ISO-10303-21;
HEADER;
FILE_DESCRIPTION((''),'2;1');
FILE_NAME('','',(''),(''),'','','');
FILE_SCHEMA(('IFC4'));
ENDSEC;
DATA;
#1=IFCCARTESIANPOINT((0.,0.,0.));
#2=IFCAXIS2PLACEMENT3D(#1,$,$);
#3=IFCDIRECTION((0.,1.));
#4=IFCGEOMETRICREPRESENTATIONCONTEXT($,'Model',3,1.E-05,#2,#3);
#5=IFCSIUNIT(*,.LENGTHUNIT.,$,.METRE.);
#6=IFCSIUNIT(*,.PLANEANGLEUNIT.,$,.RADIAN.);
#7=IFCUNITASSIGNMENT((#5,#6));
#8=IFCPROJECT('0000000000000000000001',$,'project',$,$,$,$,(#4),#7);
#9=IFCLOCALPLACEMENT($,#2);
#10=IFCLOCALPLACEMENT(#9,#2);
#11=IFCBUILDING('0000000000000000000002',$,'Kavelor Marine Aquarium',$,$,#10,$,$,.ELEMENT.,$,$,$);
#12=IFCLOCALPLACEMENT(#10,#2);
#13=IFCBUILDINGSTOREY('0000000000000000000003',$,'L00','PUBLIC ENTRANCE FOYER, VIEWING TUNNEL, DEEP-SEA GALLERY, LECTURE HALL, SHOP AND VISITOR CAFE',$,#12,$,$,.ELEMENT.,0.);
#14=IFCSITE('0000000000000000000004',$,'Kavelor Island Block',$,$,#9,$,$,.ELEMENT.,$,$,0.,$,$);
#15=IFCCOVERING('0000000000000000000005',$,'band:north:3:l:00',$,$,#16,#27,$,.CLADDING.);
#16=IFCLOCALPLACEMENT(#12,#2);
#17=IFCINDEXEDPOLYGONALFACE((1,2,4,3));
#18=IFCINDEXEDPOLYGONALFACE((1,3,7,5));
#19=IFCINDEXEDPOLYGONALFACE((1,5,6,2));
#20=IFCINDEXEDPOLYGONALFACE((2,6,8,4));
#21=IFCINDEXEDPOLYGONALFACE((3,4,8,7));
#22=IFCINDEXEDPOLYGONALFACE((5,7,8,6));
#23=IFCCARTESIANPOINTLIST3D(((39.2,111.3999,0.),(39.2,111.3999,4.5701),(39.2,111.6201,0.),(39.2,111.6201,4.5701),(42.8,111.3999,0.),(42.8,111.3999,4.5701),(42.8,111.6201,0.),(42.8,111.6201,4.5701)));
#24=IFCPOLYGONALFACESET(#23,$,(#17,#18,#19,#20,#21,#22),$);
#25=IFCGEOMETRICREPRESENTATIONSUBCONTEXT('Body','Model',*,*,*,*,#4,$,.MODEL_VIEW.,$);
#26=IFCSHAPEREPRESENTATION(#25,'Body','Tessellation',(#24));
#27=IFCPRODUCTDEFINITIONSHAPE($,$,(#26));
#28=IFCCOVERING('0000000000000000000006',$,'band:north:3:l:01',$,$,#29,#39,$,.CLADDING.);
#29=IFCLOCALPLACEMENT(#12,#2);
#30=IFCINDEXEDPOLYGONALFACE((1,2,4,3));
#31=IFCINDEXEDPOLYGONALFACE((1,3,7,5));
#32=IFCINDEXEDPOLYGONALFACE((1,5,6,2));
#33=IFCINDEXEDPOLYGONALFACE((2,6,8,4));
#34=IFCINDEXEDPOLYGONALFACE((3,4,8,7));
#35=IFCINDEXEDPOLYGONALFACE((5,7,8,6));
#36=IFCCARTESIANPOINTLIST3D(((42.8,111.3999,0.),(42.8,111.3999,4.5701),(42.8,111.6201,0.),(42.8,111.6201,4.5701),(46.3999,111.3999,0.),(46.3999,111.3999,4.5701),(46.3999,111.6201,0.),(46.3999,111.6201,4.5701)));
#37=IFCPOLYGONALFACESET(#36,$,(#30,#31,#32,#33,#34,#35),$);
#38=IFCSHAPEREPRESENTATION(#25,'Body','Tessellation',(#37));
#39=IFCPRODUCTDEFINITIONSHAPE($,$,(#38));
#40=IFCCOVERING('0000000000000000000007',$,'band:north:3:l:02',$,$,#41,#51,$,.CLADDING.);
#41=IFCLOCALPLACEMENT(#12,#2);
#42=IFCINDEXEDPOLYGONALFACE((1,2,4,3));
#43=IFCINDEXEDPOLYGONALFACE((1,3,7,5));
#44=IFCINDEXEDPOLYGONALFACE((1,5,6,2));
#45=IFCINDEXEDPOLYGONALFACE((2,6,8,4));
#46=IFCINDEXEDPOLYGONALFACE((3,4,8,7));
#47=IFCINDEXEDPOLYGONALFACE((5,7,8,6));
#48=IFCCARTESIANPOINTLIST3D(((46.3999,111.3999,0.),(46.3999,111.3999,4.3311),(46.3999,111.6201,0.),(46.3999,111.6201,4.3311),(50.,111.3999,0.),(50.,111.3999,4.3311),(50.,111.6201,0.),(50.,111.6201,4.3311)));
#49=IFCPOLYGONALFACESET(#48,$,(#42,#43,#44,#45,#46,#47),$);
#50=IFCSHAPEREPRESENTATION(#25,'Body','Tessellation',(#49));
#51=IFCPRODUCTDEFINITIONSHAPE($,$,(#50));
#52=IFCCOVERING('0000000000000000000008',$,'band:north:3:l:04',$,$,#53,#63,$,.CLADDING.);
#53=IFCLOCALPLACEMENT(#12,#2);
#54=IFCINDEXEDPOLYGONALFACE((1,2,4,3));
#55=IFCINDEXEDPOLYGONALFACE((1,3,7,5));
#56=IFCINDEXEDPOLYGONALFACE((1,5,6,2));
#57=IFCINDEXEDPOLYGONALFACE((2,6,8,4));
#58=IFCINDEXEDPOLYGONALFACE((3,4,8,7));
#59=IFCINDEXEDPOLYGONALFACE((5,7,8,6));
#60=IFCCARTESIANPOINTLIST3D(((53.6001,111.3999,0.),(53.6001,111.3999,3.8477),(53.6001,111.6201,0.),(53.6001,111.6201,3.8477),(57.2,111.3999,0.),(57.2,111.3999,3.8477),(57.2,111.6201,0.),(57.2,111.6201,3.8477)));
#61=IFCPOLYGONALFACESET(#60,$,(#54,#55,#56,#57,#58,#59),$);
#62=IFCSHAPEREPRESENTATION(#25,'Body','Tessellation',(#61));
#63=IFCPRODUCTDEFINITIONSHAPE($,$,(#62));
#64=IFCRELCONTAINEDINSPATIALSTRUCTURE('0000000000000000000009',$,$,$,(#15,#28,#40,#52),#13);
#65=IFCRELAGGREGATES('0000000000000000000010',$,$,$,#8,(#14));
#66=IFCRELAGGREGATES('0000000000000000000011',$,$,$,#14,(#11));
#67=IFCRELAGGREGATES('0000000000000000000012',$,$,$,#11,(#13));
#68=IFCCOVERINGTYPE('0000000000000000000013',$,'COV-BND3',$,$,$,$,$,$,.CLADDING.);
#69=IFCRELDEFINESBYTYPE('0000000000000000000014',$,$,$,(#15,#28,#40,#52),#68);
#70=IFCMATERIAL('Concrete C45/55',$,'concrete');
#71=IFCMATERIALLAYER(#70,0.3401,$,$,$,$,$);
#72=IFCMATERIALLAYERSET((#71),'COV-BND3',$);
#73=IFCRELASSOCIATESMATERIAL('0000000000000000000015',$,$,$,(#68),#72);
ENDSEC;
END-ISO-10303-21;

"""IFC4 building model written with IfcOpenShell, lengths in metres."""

from ifc_helpers import new_model, si_unit, direction, origin, place, context, subcontext, project, spatial, polyline, outline, extrude, material, layer, layer_set, type_object, element, save


model = new_model("IFC4")

# Units and contexts
model_context = context("Model", 3, precision=1e-05, world=origin(), true_north=direction((0.0, 1.0)))
body_context = subcontext(model_context, "Body", "Model", "MODEL_VIEW")
ifc_project = project(units=[si_unit("LENGTHUNIT", "METRE"), si_unit("PLANEANGLEUNIT", "RADIAN")], contexts=[model_context])

# Site, building, storey
site_placement = place(None, origin())
site = spatial("IfcSite", under=ifc_project, at=site_placement, Name="Kavelor Island Block", CompositionType="ELEMENT", RefElevation=0.0)
building_placement = place(site_placement, origin())
building = spatial("IfcBuilding", under=site, at=building_placement, Name="Kavelor Marine Aquarium", CompositionType="ELEMENT")
storey_placement = place(building_placement, origin())
storey = spatial("IfcBuildingStorey", under=building, at=storey_placement, Name="L00", Description="PUBLIC ENTRANCE FOYER, VIEWING TUNNEL, DEEP-SEA GALLERY, LECTURE HALL, SHOP AND VISITOR CAFE", CompositionType="ELEMENT", Elevation=0.0)

# Coverings
ifc_material_1 = material(Name="Concrete C45/55", Category="concrete")
ifc_layer_1 = layer(ifc_material_1, 0.3401)
ifc_layer_set_1 = layer_set([ifc_layer_1], Name="COV-BND3")
covering_type_1 = type_object("IfcCoveringType", Name="COV-BND3", PredefinedType="CLADDING", material=ifc_layer_set_1)
covering_1_placement = place(storey_placement, origin())
element("IfcCovering", 1, at=covering_1_placement, inside=storey, type_object=covering_type_1, Name="band:north:3:l:00", PredefinedType="CLADDING", context=body_context, shape_type="SweptSolid", body=[
    extrude(outline(polyline([(39.2, 111.3999), (42.8, 111.3999), (42.8, 111.6201), (39.2, 111.6201), (39.2, 111.3999)])), origin(), (0.0, 0.0, 1.0), 4.5701),
])
covering_2_placement = place(storey_placement, origin())
element("IfcCovering", 2, at=covering_2_placement, inside=storey, type_object=covering_type_1, Name="band:north:3:l:01", PredefinedType="CLADDING", context=body_context, shape_type="SweptSolid", body=[
    extrude(outline(polyline([(42.8, 111.3999), (46.3999, 111.3999), (46.3999, 111.6201), (42.8, 111.6201), (42.8, 111.3999)])), origin(), (0.0, 0.0, 1.0), 4.5701),
])
covering_3_placement = place(storey_placement, origin())
element("IfcCovering", 3, at=covering_3_placement, inside=storey, type_object=covering_type_1, Name="band:north:3:l:02", PredefinedType="CLADDING", context=body_context, shape_type="SweptSolid", body=[
    extrude(outline(polyline([(46.3999, 111.3999), (50.0, 111.3999), (50.0, 111.6201), (46.3999, 111.6201), (46.3999, 111.3999)])), origin(), (0.0, 0.0, 1.0), 4.3311),
])
covering_4_placement = place(storey_placement, origin())
element("IfcCovering", 4, at=covering_4_placement, inside=storey, type_object=covering_type_1, Name="band:north:3:l:04", PredefinedType="CLADDING", context=body_context, shape_type="SweptSolid", body=[
    extrude(outline(polyline([(53.6001, 111.3999), (57.2, 111.3999), (57.2, 111.6201), (53.6001, 111.6201), (53.6001, 111.3999)])), origin(), (0.0, 0.0, 1.0), 3.8477),
])

save(model, "model.ifc")
